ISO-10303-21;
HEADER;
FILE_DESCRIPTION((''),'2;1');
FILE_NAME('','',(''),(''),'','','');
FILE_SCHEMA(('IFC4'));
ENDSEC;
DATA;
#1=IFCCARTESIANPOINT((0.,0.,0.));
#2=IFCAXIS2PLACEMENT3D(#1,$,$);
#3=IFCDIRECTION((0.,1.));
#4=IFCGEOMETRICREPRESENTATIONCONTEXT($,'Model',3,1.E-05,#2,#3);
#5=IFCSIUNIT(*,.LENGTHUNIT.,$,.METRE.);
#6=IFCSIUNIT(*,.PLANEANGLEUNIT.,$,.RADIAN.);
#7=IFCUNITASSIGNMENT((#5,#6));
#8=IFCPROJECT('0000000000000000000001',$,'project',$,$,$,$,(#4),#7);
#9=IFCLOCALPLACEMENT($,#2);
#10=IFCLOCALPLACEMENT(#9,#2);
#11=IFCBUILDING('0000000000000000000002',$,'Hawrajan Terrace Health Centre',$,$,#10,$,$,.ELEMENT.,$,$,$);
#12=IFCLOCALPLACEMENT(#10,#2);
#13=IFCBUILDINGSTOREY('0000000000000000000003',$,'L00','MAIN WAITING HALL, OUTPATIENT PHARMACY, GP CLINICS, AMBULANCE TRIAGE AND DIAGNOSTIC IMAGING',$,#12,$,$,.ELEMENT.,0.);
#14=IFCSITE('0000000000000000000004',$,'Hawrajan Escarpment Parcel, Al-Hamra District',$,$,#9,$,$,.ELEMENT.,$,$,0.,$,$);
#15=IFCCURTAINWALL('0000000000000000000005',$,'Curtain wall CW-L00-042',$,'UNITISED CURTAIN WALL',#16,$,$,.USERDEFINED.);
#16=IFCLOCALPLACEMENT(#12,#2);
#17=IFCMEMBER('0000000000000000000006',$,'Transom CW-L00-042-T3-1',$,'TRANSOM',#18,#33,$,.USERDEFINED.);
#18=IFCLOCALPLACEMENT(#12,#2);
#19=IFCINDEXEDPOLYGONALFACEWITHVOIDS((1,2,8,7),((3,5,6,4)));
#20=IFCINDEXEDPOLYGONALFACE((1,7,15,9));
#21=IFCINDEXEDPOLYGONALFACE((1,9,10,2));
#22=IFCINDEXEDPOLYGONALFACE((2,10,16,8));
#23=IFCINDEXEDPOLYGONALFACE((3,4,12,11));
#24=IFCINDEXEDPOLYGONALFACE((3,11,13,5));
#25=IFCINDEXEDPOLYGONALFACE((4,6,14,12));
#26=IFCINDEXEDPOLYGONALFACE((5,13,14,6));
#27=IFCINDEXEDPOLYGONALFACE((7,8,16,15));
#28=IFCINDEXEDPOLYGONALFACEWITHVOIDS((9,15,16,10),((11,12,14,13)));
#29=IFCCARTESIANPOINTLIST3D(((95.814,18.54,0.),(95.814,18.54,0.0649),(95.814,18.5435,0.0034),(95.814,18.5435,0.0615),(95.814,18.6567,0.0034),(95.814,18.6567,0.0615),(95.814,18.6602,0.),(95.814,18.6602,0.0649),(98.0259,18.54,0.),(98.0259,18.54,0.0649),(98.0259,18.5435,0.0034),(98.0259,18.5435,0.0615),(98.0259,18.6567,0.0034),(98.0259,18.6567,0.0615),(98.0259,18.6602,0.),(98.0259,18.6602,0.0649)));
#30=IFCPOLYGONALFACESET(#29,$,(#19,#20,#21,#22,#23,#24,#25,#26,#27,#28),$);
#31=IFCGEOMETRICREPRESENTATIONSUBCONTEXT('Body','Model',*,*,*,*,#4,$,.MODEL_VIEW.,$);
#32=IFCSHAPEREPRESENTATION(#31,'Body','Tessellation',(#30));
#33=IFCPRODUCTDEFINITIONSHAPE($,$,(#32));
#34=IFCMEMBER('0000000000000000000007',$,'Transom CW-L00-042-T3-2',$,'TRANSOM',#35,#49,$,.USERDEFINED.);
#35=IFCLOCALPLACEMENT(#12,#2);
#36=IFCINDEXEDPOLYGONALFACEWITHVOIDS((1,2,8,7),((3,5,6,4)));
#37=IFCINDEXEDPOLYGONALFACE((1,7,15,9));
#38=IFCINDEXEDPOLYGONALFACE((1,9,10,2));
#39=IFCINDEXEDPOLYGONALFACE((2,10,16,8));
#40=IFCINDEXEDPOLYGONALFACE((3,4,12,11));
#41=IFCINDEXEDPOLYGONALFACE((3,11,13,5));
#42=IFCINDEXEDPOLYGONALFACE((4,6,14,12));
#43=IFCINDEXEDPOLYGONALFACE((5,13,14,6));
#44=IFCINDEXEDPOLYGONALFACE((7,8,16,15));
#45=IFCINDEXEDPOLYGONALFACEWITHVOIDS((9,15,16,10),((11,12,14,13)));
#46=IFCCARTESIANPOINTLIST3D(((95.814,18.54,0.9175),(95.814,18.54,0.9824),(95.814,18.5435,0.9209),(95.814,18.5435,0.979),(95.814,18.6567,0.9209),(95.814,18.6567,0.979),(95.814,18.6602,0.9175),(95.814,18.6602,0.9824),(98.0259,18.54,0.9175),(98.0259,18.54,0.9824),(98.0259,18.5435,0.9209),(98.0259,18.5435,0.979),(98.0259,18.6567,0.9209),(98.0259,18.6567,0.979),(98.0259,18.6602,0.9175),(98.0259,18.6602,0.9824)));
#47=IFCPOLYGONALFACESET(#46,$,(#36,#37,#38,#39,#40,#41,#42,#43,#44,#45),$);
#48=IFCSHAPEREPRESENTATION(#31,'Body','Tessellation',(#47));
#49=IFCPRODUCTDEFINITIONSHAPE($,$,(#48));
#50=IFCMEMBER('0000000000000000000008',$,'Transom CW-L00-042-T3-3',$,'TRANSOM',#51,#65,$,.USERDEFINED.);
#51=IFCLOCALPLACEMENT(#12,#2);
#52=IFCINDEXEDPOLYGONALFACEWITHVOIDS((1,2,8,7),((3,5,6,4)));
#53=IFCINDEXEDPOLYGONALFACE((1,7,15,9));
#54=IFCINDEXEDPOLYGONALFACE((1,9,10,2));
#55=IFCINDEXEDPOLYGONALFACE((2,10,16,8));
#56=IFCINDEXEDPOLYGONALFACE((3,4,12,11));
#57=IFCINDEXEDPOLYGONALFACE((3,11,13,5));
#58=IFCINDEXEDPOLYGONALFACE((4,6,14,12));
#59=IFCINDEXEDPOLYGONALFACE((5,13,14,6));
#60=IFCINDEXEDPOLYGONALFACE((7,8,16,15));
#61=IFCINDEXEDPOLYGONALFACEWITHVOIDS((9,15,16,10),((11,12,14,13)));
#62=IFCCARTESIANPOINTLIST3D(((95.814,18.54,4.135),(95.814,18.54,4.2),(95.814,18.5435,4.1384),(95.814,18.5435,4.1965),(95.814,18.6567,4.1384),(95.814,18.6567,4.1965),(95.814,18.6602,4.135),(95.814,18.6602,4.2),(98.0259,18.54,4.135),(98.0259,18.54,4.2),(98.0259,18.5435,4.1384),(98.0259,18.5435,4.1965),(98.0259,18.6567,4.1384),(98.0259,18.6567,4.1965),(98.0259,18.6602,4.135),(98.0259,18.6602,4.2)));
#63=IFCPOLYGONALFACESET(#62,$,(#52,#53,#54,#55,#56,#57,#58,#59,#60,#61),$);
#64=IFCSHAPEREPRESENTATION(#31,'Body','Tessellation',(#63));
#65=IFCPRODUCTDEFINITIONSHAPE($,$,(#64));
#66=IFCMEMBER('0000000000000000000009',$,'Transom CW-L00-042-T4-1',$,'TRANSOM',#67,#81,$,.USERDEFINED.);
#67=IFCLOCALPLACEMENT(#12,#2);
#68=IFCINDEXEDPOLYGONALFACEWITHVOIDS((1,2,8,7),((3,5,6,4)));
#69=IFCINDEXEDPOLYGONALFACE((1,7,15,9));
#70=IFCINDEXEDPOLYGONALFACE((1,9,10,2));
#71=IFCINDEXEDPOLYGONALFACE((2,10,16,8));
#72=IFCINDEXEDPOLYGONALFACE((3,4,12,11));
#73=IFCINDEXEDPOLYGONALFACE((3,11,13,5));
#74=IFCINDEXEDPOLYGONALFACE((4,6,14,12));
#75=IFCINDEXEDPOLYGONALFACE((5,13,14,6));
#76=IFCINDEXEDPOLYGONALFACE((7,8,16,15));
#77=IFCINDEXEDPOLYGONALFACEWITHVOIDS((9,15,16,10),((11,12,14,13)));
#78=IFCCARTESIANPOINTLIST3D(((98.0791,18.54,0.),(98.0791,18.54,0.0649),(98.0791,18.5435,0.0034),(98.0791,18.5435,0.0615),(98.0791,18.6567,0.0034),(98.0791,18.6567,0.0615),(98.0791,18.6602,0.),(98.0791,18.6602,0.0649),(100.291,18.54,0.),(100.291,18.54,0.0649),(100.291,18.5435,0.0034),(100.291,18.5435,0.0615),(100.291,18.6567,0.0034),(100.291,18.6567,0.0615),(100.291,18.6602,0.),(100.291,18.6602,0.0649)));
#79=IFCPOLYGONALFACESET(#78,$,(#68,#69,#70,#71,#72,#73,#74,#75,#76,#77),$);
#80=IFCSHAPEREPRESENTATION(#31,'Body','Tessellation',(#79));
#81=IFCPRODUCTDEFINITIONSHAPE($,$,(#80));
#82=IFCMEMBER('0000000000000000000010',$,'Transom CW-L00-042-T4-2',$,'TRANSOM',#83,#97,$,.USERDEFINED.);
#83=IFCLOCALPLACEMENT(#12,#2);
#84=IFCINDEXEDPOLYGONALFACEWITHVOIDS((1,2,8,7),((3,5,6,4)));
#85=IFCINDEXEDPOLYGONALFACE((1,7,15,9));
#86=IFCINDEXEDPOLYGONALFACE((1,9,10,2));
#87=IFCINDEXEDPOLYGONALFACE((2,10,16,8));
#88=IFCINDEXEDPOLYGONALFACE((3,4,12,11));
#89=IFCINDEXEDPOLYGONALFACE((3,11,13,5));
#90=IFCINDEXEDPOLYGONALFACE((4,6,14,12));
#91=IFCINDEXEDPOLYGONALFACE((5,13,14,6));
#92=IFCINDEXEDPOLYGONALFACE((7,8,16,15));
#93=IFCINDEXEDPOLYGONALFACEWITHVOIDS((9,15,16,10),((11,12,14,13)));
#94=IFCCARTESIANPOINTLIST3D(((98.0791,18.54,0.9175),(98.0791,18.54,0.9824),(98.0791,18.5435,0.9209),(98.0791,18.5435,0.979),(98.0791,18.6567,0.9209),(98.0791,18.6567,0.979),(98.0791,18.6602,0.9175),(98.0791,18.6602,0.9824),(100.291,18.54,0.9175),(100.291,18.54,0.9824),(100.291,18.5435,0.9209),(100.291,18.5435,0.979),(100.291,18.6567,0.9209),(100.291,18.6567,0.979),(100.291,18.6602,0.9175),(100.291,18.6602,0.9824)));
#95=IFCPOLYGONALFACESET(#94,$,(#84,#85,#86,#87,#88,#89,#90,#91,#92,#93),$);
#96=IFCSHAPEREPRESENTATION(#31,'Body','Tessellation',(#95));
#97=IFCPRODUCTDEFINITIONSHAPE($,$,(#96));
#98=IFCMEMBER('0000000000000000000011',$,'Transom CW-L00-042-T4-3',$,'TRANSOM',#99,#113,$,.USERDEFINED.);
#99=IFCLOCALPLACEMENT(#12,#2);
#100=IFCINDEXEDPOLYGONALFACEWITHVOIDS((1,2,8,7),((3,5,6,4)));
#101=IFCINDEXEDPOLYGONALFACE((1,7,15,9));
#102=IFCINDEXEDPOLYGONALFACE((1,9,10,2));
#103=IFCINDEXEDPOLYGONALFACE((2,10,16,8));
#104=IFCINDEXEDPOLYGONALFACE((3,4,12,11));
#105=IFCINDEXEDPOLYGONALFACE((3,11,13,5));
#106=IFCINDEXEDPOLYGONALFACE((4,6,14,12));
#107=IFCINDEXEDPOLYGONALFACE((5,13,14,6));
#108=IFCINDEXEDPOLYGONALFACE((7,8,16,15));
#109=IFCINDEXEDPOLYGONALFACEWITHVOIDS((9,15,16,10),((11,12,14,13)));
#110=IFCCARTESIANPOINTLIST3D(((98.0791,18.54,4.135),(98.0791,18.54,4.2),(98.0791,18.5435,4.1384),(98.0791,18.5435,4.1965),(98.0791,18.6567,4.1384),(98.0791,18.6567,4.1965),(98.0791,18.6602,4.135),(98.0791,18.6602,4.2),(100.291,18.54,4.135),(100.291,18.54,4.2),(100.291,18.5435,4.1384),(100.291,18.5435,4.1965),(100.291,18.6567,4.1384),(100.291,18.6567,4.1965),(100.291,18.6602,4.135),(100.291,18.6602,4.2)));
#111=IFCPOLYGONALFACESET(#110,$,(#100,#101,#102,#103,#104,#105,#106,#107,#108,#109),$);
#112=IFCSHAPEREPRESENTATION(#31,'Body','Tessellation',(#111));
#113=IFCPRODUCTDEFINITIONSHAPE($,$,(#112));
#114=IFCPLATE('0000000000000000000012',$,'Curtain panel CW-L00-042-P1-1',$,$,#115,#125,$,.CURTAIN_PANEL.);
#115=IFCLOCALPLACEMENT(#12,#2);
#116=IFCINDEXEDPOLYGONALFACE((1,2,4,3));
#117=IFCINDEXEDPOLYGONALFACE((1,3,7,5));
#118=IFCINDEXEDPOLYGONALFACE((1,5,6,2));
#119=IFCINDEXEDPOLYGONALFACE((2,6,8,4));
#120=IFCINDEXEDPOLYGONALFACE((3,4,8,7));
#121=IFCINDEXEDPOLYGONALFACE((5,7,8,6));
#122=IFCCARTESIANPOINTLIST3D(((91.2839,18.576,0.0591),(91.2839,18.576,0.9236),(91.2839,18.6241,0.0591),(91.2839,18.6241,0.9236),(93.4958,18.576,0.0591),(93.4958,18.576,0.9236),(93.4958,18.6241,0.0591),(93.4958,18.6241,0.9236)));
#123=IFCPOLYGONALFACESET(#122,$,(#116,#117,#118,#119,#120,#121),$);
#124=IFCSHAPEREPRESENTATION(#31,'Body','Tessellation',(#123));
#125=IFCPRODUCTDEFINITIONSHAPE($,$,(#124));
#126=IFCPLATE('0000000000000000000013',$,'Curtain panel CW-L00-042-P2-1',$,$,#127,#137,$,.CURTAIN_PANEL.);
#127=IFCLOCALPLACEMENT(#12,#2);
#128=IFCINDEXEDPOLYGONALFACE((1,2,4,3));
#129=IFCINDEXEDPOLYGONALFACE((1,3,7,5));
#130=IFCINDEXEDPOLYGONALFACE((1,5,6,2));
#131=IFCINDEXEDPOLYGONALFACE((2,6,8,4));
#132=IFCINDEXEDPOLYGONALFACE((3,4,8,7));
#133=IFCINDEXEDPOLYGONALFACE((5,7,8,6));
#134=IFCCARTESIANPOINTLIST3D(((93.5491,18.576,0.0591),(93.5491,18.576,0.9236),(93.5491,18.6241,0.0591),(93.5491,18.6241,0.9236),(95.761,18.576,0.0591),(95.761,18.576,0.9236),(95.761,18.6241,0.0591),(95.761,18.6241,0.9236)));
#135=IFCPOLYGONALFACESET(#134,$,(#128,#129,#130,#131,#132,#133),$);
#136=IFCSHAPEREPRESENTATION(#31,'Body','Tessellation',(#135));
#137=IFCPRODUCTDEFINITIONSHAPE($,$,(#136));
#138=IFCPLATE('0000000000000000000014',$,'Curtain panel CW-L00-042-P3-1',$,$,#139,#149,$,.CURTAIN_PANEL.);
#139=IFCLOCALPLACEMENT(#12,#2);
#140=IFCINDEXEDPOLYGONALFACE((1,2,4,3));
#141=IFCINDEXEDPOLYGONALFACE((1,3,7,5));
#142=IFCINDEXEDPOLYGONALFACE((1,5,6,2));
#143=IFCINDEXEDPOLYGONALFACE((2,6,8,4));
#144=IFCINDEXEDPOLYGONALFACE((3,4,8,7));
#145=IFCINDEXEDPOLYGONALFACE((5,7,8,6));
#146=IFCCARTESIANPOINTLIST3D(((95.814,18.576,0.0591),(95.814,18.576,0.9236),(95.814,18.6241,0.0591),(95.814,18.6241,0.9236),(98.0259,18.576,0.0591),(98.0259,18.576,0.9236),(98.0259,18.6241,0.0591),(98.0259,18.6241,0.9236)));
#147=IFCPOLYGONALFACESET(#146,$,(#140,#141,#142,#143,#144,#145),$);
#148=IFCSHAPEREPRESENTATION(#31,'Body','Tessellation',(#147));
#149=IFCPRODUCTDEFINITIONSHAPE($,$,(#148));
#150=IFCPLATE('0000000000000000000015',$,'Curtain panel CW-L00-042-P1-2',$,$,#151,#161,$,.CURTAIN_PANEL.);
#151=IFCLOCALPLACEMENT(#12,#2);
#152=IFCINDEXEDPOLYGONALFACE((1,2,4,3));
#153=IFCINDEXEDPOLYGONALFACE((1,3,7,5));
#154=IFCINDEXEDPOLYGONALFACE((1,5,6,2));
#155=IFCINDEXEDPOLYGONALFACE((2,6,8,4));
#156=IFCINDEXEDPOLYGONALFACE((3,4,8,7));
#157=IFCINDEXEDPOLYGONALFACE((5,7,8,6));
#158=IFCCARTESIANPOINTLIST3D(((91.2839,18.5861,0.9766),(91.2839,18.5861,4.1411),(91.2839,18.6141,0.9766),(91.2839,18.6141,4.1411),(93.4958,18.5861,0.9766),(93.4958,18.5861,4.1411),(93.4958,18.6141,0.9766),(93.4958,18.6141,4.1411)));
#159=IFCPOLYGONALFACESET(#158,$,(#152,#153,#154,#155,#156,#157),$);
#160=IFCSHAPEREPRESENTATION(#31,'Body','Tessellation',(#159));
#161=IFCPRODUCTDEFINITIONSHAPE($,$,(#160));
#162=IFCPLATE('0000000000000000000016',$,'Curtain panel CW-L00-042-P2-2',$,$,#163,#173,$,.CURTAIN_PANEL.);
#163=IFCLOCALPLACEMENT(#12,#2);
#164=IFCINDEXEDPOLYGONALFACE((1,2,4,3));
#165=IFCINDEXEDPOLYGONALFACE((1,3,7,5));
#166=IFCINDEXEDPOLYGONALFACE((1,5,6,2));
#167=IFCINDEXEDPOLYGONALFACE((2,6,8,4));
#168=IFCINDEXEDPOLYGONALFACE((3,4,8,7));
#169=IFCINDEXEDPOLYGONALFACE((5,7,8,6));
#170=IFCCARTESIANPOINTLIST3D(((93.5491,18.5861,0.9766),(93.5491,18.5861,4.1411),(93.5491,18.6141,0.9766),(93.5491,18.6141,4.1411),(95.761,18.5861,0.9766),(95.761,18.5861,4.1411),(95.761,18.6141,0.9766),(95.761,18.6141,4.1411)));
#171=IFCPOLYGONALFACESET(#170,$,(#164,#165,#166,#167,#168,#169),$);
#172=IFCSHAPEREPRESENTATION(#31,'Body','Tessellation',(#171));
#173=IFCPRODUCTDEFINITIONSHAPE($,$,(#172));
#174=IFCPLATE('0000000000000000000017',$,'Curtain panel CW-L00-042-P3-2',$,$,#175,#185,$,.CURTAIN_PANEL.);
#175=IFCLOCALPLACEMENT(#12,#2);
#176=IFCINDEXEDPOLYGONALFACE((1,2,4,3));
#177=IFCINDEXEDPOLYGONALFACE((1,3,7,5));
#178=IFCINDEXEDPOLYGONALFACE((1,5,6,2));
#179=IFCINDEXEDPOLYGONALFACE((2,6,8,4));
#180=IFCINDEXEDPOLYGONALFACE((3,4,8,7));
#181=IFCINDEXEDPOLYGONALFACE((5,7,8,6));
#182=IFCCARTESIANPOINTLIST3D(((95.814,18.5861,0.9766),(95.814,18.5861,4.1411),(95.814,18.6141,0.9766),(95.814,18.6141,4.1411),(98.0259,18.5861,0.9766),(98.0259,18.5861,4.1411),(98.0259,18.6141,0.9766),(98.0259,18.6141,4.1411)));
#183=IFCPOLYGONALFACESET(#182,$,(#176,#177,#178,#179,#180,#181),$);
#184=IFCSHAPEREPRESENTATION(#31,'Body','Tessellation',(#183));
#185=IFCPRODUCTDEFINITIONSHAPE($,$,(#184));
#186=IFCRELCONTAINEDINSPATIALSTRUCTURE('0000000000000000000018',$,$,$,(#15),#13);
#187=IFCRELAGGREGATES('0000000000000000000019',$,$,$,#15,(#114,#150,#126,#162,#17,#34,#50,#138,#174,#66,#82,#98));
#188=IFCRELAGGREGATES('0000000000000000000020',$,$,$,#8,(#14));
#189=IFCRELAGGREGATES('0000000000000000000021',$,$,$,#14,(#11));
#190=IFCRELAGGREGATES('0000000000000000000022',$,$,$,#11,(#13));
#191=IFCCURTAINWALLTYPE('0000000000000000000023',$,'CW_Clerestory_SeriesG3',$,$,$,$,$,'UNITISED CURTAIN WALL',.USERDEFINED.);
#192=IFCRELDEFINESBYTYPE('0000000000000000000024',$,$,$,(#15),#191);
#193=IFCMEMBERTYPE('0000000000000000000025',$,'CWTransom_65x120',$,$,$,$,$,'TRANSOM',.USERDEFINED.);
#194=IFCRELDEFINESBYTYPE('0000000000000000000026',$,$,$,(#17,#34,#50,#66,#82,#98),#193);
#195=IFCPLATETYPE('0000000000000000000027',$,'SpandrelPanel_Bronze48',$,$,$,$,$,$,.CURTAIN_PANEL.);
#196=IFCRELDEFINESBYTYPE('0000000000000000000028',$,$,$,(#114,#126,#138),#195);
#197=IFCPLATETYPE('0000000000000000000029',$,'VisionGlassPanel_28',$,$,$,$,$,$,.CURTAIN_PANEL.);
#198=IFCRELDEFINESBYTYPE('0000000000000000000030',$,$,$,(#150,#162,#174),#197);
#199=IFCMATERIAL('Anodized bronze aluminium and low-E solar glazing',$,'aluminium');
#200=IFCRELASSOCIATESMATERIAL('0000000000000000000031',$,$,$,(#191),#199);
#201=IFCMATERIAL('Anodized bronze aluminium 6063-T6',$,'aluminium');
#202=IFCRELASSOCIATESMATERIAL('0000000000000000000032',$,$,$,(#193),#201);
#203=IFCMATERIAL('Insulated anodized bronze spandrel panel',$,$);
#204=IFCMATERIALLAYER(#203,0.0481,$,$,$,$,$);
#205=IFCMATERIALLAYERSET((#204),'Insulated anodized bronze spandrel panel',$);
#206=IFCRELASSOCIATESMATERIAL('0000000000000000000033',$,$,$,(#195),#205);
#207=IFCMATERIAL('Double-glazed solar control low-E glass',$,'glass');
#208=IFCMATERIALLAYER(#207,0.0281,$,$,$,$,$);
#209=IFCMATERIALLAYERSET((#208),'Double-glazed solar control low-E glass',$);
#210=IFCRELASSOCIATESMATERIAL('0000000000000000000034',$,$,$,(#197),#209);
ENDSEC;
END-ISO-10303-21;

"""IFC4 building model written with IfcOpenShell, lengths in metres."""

from ifc_helpers import new_model, si_unit, direction, frame, origin, origin_2d, place, context, subcontext, project, spatial, rectangle, hollow_rectangle, extrude, material, layer, layer_set, material_profile, profile_set, type_object, element, aggregate, save


model = new_model("IFC4")

# Units and contexts
model_context = context("Model", 3, precision=1e-05, world=origin(), true_north=direction((0.0, 1.0)))
body_context = subcontext(model_context, "Body", "Model", "MODEL_VIEW")
ifc_project = project(units=[si_unit("LENGTHUNIT", "METRE"), si_unit("PLANEANGLEUNIT", "RADIAN")], contexts=[model_context])

# Site, building, storey
site_placement = place(None, origin())
site = spatial("IfcSite", under=ifc_project, at=site_placement, Name="Hawrajan Escarpment Parcel, Al-Hamra District", CompositionType="ELEMENT", RefElevation=0.0)
building_placement = place(site_placement, origin())
building = spatial("IfcBuilding", under=site, at=building_placement, Name="Hawrajan Terrace Health Centre", CompositionType="ELEMENT")
storey_placement = place(building_placement, origin())
storey = spatial("IfcBuildingStorey", under=building, at=storey_placement, Name="L00", Description="MAIN WAITING HALL, OUTPATIENT PHARMACY, GP CLINICS, AMBULANCE TRIAGE AND DIAGNOSTIC IMAGING", CompositionType="ELEMENT", Elevation=0.0)

# Curtain wall, members, plates
ifc_material_1 = material(Name="Anodized bronze aluminium and low-E solar glazing", Category="aluminium")
curtain_wall_type = type_object("IfcCurtainWallType", Name="CW_Clerestory_SeriesG3", ElementType="UNITISED CURTAIN WALL", PredefinedType="USERDEFINED", material=ifc_material_1)
curtain_wall_placement = place(storey_placement, origin())
curtain_wall = element("IfcCurtainWall", 1, at=curtain_wall_placement, inside=storey, type_object=curtain_wall_type, Name="Curtain wall CW-L00-042", ObjectType="UNITISED CURTAIN WALL", PredefinedType="USERDEFINED")
ifc_material_2 = material(Name="Anodized bronze aluminium 6063-T6", Category="aluminium")
ifc_material_profile_1 = material_profile(ifc_material_2, hollow_rectangle(XDim=0.0649, YDim=0.1201, WallThickness=0.0034, at=origin_2d()), Name="CW TRN 65x120")
ifc_profile_set_1 = profile_set([ifc_material_profile_1], Name="Anodized bronze aluminium 6063-T6")
member_type_1 = type_object("IfcMemberType", Name="CWTransom_65x120", ElementType="TRANSOM", PredefinedType="USERDEFINED", material=ifc_profile_set_1)
member_1_placement = place(storey_placement, frame((95.814, 18.6001, 0.0325), z_axis=(1.0, 0.0, 0.0), x_axis=(0.0, 0.0, 1.0)))
member_1 = element("IfcMember", 2, at=member_1_placement, type_object=member_type_1, Name="Transom CW-L00-042-T3-1", ObjectType="TRANSOM", PredefinedType="USERDEFINED", context=body_context, shape_type="SweptSolid", body=[
    extrude(hollow_rectangle(XDim=0.0649, YDim=0.1201, WallThickness=0.0034, at=origin_2d()), origin(), (0.0, 0.0, 1.0), 2.2119),
])
member_2_placement = place(storey_placement, frame((95.814, 18.6001, 0.95), z_axis=(1.0, 0.0, 0.0), x_axis=(0.0, 0.0, 1.0)))
member_2 = element("IfcMember", 3, at=member_2_placement, type_object=member_type_1, Name="Transom CW-L00-042-T3-2", ObjectType="TRANSOM", PredefinedType="USERDEFINED", context=body_context, shape_type="SweptSolid", body=[
    extrude(hollow_rectangle(XDim=0.0649, YDim=0.1201, WallThickness=0.0034, at=origin_2d()), origin(), (0.0, 0.0, 1.0), 2.2119),
])
member_3_placement = place(storey_placement, frame((95.814, 18.6001, 4.1675), z_axis=(1.0, 0.0, 0.0), x_axis=(0.0, 0.0, 1.0)))
member_3 = element("IfcMember", 4, at=member_3_placement, type_object=member_type_1, Name="Transom CW-L00-042-T3-3", ObjectType="TRANSOM", PredefinedType="USERDEFINED", context=body_context, shape_type="SweptSolid", body=[
    extrude(hollow_rectangle(XDim=0.0649, YDim=0.1201, WallThickness=0.0034, at=origin_2d()), origin(), (0.0, 0.0, 1.0), 2.2119),
])
member_4_placement = place(storey_placement, frame((98.0791, 18.6001, 0.0325), z_axis=(1.0, 0.0, 0.0), x_axis=(0.0, 0.0, 1.0)))
member_4 = element("IfcMember", 5, at=member_4_placement, type_object=member_type_1, Name="Transom CW-L00-042-T4-1", ObjectType="TRANSOM", PredefinedType="USERDEFINED", context=body_context, shape_type="SweptSolid", body=[
    extrude(hollow_rectangle(XDim=0.0649, YDim=0.1201, WallThickness=0.0034, at=origin_2d()), origin(), (0.0, 0.0, 1.0), 2.2119),
])
member_5_placement = place(storey_placement, frame((98.0791, 18.6001, 0.95), z_axis=(1.0, 0.0, 0.0), x_axis=(0.0, 0.0, 1.0)))
member_5 = element("IfcMember", 6, at=member_5_placement, type_object=member_type_1, Name="Transom CW-L00-042-T4-2", ObjectType="TRANSOM", PredefinedType="USERDEFINED", context=body_context, shape_type="SweptSolid", body=[
    extrude(hollow_rectangle(XDim=0.0649, YDim=0.1201, WallThickness=0.0034, at=origin_2d()), origin(), (0.0, 0.0, 1.0), 2.2119),
])
member_6_placement = place(storey_placement, frame((98.0791, 18.6001, 4.1675), z_axis=(1.0, 0.0, 0.0), x_axis=(0.0, 0.0, 1.0)))
member_6 = element("IfcMember", 7, at=member_6_placement, type_object=member_type_1, Name="Transom CW-L00-042-T4-3", ObjectType="TRANSOM", PredefinedType="USERDEFINED", context=body_context, shape_type="SweptSolid", body=[
    extrude(hollow_rectangle(XDim=0.0649, YDim=0.1201, WallThickness=0.0034, at=origin_2d()), origin(), (0.0, 0.0, 1.0), 2.2119),
])
ifc_material_3 = material(Name="Insulated anodized bronze spandrel panel")
ifc_layer_1 = layer(ifc_material_3, 0.0481)
ifc_layer_set_1 = layer_set([ifc_layer_1], Name="Insulated anodized bronze spandrel panel")
plate_type_1 = type_object("IfcPlateType", Name="SpandrelPanel_Bronze48", PredefinedType="CURTAIN_PANEL", material=ifc_layer_set_1)
plate_1_placement = place(storey_placement, frame((92.3899, 18.6001, 0.0591), z_axis=(0.0, 0.0, 1.0), x_axis=(1.0, 0.0, 0.0)))
plate_1 = element("IfcPlate", 8, at=plate_1_placement, type_object=plate_type_1, Name="Curtain panel CW-L00-042-P1-1", PredefinedType="CURTAIN_PANEL", context=body_context, shape_type="SweptSolid", body=[
    extrude(rectangle(XDim=2.2119, YDim=0.0481, at=origin_2d()), origin(), (0.0, 0.0, 1.0), 0.8645),
])
plate_2_placement = place(storey_placement, frame((94.655, 18.6001, 0.0591), z_axis=(0.0, 0.0, 1.0), x_axis=(1.0, 0.0, 0.0)))
plate_2 = element("IfcPlate", 9, at=plate_2_placement, type_object=plate_type_1, Name="Curtain panel CW-L00-042-P2-1", PredefinedType="CURTAIN_PANEL", context=body_context, shape_type="SweptSolid", body=[
    extrude(rectangle(XDim=2.2119, YDim=0.0481, at=origin_2d()), origin(), (0.0, 0.0, 1.0), 0.8645),
])
plate_3_placement = place(storey_placement, frame((96.9199, 18.6001, 0.0591), z_axis=(0.0, 0.0, 1.0), x_axis=(1.0, 0.0, 0.0)))
plate_3 = element("IfcPlate", 10, at=plate_3_placement, type_object=plate_type_1, Name="Curtain panel CW-L00-042-P3-1", PredefinedType="CURTAIN_PANEL", context=body_context, shape_type="SweptSolid", body=[
    extrude(rectangle(XDim=2.2119, YDim=0.0481, at=origin_2d()), origin(), (0.0, 0.0, 1.0), 0.8645),
])
ifc_material_4 = material(Name="Double-glazed solar control low-E glass", Category="glass")
ifc_layer_2 = layer(ifc_material_4, 0.0281)
ifc_layer_set_2 = layer_set([ifc_layer_2], Name="Double-glazed solar control low-E glass")
plate_type_2 = type_object("IfcPlateType", Name="VisionGlassPanel_28", PredefinedType="CURTAIN_PANEL", material=ifc_layer_set_2)
plate_4_placement = place(storey_placement, frame((92.3899, 18.6001, 0.9766), z_axis=(0.0, 0.0, 1.0), x_axis=(1.0, 0.0, 0.0)))
plate_4 = element("IfcPlate", 11, at=plate_4_placement, type_object=plate_type_2, Name="Curtain panel CW-L00-042-P1-2", PredefinedType="CURTAIN_PANEL", context=body_context, shape_type="SweptSolid", body=[
    extrude(rectangle(XDim=2.2119, YDim=0.0281, at=origin_2d()), origin(), (0.0, 0.0, 1.0), 3.1646),
])
plate_5_placement = place(storey_placement, frame((94.655, 18.6001, 0.9766), z_axis=(0.0, 0.0, 1.0), x_axis=(1.0, 0.0, 0.0)))
plate_5 = element("IfcPlate", 12, at=plate_5_placement, type_object=plate_type_2, Name="Curtain panel CW-L00-042-P2-2", PredefinedType="CURTAIN_PANEL", context=body_context, shape_type="SweptSolid", body=[
    extrude(rectangle(XDim=2.2119, YDim=0.0281, at=origin_2d()), origin(), (0.0, 0.0, 1.0), 3.1646),
])
plate_6_placement = place(storey_placement, frame((96.9199, 18.6001, 0.9766), z_axis=(0.0, 0.0, 1.0), x_axis=(1.0, 0.0, 0.0)))
plate_6 = element("IfcPlate", 13, at=plate_6_placement, type_object=plate_type_2, Name="Curtain panel CW-L00-042-P3-2", PredefinedType="CURTAIN_PANEL", context=body_context, shape_type="SweptSolid", body=[
    extrude(rectangle(XDim=2.2119, YDim=0.0281, at=origin_2d()), origin(), (0.0, 0.0, 1.0), 3.1646),
])
aggregate(curtain_wall, [plate_1, plate_4, plate_2, plate_5, member_1, member_2, member_3, plate_3, plate_6, member_4, member_5, member_6])

save(model, "model.ifc")
